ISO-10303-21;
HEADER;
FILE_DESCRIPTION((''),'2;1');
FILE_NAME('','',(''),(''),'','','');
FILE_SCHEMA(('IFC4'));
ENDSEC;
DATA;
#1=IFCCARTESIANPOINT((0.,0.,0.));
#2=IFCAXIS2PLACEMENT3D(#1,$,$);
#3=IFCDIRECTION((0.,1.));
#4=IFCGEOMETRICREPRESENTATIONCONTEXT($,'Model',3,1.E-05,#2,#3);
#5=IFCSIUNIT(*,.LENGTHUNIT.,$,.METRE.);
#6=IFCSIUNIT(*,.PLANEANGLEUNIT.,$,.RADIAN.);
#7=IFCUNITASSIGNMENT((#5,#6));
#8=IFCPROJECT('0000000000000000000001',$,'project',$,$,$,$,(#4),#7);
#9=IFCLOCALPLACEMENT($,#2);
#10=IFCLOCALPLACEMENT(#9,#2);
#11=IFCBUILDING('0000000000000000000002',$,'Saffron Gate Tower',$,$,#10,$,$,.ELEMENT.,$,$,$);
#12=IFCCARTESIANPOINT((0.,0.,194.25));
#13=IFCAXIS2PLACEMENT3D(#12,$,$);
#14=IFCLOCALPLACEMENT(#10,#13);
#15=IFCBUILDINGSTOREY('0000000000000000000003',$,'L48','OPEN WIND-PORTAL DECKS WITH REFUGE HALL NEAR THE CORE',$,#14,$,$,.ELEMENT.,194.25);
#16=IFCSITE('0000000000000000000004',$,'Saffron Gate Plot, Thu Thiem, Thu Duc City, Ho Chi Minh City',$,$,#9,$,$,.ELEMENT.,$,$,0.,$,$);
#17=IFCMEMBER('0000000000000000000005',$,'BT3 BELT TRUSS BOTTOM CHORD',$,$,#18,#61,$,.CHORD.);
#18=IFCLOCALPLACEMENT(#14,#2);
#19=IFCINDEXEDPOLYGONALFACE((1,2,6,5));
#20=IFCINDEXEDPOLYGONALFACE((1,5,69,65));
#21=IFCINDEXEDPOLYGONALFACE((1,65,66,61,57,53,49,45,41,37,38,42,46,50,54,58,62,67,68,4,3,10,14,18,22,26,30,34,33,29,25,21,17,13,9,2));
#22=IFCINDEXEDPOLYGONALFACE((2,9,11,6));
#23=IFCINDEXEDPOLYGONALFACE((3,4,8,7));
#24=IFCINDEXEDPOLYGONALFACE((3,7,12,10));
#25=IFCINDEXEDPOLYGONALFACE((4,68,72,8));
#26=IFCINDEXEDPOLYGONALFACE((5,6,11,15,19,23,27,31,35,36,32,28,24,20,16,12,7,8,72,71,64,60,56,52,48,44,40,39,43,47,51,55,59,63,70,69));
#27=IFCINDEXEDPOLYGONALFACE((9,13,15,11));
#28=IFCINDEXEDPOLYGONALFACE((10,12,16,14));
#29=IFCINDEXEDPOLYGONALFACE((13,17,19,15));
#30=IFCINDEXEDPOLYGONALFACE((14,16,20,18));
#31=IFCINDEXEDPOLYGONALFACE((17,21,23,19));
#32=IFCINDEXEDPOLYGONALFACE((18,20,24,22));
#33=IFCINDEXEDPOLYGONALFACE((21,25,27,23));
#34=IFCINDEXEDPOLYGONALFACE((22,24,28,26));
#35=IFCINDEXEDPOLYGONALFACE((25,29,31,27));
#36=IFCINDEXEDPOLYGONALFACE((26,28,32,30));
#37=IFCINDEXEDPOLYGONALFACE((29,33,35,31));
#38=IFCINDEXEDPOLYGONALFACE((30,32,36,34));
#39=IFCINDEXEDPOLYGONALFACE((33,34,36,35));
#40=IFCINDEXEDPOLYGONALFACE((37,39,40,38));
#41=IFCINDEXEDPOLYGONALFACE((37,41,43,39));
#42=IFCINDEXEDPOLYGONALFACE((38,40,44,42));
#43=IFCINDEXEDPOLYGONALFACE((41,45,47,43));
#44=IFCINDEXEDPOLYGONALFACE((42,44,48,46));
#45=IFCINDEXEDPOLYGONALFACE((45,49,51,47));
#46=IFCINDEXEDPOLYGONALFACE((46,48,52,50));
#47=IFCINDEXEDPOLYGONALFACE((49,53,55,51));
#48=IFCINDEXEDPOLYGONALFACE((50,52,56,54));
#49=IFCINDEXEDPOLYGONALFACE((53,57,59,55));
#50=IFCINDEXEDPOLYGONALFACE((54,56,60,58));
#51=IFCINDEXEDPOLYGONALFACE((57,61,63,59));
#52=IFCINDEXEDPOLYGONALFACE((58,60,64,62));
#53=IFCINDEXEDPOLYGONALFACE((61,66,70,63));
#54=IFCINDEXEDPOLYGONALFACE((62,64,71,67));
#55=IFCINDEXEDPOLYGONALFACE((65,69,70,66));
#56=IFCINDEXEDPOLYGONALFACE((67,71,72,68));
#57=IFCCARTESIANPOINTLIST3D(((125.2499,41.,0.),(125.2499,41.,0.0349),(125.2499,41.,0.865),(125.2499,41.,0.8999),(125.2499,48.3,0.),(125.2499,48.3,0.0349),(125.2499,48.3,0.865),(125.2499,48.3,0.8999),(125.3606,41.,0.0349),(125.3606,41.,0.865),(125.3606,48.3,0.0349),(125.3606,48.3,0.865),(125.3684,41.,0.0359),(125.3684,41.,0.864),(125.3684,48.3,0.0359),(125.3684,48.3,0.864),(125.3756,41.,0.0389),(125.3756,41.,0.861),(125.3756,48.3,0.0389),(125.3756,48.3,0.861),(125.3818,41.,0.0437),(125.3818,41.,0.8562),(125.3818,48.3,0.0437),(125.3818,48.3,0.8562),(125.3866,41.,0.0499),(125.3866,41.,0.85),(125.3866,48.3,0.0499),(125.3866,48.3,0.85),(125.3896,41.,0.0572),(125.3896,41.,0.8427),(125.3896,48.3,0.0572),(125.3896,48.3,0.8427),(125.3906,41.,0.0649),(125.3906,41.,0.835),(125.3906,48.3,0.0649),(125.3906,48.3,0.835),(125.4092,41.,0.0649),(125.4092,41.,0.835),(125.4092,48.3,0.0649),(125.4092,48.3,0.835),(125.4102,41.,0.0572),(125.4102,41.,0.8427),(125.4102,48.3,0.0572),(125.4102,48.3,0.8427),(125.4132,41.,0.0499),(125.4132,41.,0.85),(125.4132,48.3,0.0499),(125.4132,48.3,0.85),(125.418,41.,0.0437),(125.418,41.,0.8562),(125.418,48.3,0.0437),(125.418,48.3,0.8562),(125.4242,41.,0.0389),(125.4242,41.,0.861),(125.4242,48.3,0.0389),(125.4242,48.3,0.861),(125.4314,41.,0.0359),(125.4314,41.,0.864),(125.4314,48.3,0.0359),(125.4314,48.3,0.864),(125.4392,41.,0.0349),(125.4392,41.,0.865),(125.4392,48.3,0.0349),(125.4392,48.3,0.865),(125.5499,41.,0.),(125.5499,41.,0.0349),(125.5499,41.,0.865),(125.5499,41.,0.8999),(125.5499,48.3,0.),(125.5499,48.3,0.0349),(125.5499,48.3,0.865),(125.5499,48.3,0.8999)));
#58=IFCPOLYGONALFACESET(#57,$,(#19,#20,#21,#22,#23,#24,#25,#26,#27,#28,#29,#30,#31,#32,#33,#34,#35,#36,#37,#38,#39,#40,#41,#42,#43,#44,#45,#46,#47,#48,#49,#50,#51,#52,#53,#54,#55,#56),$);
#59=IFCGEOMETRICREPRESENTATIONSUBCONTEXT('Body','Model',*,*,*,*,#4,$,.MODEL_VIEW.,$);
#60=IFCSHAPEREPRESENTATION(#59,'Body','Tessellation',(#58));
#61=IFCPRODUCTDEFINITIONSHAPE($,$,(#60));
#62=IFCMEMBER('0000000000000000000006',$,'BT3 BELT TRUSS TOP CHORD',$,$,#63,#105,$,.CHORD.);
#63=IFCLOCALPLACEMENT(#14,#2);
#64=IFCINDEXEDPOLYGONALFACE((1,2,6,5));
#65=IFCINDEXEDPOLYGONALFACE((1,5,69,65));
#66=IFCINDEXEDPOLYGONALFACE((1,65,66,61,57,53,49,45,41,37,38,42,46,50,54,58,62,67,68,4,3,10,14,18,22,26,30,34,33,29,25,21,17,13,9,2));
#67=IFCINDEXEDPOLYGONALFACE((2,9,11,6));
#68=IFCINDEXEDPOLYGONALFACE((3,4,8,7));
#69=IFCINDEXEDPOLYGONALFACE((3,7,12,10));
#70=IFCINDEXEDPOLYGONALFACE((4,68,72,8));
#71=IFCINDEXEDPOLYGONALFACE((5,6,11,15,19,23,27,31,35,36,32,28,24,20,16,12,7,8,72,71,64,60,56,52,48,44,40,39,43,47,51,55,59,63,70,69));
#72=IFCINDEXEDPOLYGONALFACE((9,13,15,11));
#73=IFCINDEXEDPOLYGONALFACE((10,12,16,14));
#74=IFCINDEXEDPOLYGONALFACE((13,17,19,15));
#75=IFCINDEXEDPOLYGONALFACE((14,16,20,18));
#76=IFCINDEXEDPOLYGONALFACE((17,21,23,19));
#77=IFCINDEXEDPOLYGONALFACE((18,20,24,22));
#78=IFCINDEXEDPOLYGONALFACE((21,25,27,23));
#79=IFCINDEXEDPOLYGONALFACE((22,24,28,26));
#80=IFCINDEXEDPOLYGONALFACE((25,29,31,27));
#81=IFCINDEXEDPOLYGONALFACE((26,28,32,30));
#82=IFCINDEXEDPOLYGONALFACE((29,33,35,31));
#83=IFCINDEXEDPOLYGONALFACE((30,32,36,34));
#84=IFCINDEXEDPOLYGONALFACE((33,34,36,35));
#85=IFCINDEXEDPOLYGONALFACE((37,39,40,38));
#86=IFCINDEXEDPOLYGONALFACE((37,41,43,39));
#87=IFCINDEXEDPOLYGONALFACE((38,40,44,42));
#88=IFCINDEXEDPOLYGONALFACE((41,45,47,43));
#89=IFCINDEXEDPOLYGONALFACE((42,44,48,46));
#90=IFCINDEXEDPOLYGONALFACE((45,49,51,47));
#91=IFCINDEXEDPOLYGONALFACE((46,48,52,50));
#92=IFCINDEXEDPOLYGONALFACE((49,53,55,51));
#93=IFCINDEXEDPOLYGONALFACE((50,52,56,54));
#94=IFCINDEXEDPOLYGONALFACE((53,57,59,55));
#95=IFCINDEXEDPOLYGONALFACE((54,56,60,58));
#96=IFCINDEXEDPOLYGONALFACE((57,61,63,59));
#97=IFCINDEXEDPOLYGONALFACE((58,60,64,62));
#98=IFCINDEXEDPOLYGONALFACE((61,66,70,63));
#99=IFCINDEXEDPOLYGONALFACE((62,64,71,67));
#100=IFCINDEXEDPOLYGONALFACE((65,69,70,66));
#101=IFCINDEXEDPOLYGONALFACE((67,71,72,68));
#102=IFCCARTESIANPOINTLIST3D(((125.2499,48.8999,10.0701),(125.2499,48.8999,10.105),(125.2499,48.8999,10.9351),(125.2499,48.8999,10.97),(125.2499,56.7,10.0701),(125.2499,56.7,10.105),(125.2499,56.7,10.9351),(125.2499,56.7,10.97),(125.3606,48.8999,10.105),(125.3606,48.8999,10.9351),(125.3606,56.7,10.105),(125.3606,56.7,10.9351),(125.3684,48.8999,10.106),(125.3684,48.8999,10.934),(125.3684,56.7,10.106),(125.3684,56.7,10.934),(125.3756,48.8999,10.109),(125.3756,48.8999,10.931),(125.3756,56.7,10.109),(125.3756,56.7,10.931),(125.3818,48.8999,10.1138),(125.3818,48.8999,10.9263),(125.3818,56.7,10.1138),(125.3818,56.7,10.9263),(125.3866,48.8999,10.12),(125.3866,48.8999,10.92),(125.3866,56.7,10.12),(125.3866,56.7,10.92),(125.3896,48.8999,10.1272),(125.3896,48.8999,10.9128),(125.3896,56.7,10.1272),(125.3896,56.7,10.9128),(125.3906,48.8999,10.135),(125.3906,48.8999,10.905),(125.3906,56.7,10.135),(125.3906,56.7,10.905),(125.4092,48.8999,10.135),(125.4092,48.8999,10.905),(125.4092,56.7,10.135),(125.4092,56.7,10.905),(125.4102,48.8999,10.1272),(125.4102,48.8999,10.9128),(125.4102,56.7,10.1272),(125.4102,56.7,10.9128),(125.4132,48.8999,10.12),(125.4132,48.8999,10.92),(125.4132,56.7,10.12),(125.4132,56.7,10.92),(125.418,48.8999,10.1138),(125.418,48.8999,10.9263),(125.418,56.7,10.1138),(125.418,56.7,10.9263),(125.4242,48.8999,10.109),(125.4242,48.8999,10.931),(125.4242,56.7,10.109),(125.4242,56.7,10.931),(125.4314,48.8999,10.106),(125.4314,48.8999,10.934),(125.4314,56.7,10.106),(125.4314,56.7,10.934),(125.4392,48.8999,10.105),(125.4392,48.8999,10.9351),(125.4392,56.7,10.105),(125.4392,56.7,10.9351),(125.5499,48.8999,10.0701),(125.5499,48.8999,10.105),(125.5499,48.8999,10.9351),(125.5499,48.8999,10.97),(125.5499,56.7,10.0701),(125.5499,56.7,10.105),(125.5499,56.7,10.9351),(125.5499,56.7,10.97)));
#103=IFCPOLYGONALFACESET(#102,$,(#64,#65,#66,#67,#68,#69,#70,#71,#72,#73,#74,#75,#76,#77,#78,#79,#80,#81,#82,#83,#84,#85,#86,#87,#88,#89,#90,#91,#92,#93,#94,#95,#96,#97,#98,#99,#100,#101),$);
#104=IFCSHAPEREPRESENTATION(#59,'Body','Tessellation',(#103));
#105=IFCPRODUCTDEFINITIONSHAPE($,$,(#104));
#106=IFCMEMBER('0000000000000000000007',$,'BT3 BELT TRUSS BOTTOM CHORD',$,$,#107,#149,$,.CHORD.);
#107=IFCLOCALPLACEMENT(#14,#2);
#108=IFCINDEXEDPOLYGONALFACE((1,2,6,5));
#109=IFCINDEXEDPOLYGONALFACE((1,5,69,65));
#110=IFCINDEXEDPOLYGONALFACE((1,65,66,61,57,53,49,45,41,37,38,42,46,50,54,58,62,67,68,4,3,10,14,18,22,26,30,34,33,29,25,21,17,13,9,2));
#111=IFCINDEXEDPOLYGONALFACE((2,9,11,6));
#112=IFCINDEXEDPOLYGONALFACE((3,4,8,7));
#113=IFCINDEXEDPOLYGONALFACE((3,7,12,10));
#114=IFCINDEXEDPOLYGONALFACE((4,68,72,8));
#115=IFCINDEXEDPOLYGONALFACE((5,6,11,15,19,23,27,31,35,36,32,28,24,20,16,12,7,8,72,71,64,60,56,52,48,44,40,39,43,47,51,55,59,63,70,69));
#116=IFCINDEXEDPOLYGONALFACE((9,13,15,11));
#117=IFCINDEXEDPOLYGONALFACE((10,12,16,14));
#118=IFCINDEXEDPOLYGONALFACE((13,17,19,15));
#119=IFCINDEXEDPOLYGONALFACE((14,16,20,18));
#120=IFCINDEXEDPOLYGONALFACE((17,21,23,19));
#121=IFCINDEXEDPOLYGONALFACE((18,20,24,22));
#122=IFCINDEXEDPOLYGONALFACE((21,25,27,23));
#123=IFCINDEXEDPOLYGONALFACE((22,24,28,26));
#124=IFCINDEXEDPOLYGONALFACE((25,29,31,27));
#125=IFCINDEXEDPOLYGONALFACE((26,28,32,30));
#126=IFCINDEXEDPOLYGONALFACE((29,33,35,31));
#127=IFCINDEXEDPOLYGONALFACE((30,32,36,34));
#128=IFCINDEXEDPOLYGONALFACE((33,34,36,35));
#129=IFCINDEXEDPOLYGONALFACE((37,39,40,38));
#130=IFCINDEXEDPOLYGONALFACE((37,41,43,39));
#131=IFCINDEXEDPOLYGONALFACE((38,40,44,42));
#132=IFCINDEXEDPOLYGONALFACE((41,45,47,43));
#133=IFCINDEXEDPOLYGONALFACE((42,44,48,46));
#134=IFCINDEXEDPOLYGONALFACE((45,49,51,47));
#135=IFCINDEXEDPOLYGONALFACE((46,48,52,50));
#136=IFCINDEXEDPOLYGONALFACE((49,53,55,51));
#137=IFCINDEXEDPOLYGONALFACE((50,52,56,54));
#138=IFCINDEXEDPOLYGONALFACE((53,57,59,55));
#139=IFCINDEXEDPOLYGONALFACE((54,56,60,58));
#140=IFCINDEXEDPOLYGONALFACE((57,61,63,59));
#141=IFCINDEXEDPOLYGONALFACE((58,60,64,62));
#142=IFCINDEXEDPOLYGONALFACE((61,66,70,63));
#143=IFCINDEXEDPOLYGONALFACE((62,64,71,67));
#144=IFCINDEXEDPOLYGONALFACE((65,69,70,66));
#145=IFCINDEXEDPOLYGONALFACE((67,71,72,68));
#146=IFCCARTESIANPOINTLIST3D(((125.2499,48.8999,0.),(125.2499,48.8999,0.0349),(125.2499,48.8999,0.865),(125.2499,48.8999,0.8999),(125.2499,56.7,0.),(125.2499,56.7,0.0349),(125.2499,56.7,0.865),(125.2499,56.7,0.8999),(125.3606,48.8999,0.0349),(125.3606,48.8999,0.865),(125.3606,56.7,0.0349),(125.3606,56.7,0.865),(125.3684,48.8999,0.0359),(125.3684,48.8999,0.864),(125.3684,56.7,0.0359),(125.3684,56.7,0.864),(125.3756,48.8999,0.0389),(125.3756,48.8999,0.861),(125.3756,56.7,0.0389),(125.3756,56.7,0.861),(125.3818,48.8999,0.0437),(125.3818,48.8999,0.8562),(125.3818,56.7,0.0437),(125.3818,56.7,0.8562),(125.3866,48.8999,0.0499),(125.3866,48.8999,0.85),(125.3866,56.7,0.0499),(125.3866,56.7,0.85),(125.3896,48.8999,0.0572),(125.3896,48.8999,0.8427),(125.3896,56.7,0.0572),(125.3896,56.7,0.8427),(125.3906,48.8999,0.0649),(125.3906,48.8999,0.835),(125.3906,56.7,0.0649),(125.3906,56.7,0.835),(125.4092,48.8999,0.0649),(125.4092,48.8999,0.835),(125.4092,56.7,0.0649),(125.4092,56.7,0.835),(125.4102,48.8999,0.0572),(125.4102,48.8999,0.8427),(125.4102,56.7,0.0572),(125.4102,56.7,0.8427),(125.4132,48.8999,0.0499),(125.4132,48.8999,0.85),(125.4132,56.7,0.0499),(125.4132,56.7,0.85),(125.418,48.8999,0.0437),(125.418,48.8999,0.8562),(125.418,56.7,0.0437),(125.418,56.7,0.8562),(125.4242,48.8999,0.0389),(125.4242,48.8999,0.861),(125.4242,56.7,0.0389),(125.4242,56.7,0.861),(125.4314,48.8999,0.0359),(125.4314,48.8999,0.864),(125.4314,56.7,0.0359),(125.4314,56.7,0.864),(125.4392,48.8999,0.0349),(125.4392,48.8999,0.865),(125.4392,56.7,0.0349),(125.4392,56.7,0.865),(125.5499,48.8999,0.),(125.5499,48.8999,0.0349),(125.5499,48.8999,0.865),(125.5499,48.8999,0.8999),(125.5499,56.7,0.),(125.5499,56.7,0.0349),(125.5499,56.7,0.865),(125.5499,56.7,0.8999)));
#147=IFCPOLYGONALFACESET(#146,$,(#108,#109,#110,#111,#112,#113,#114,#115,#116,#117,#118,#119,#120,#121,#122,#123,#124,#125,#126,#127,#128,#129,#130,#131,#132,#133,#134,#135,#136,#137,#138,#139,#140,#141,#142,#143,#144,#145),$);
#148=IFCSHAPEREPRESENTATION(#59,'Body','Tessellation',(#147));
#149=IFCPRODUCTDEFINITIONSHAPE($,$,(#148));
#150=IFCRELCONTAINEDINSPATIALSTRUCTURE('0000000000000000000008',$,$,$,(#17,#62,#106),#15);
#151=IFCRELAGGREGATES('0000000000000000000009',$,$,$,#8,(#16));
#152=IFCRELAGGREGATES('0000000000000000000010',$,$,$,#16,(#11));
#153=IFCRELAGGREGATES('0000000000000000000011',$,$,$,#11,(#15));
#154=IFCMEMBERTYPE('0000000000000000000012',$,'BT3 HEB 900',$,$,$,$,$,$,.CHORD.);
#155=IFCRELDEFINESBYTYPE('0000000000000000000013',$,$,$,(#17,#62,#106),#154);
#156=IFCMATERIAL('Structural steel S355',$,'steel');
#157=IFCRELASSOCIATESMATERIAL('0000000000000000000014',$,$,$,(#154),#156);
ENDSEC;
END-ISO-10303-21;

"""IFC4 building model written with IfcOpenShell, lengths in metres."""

from ifc_helpers import new_model, si_unit, direction, frame, origin, origin_2d, place, context, subcontext, project, spatial, i_section, extrude, material, material_profile, profile_set, type_object, element, save


model = new_model("IFC4")

# Units and contexts
model_context = context("Model", 3, precision=1e-05, world=origin(), true_north=direction((0.0, 1.0)))
body_context = subcontext(model_context, "Body", "Model", "MODEL_VIEW")
ifc_project = project(units=[si_unit("LENGTHUNIT", "METRE"), si_unit("PLANEANGLEUNIT", "RADIAN")], contexts=[model_context])

# Site, building, storey
site_placement = place(None, origin())
site = spatial("IfcSite", under=ifc_project, at=site_placement, Name="Saffron Gate Plot, Thu Thiem, Thu Duc City, Ho Chi Minh City", CompositionType="ELEMENT", RefElevation=0.0)
building_placement = place(site_placement, origin())
building = spatial("IfcBuilding", under=site, at=building_placement, Name="Saffron Gate Tower", CompositionType="ELEMENT")
storey_placement = place(building_placement, frame((0.0, 0.0, 194.25)))
storey = spatial("IfcBuildingStorey", under=building, at=storey_placement, Name="L48", Description="OPEN WIND-PORTAL DECKS WITH REFUGE HALL NEAR THE CORE", CompositionType="ELEMENT", Elevation=194.25)

# Shared definitions
ifc_material_1 = material(Name="Structural steel S355", Category="steel")

# Members
ifc_material_profile_1 = material_profile(ifc_material_1, i_section(OverallWidth=0.3, OverallDepth=0.8999, WebThickness=0.0186, FlangeThickness=0.0349, FilletRadius=0.03, at=origin_2d()))
ifc_profile_set_1 = profile_set([ifc_material_profile_1], Name="Structural steel S355")
member_type_1 = type_object("IfcMemberType", Name="BT3 HEB 900", PredefinedType="CHORD", material=ifc_profile_set_1)
for number, where, z_axis, x_axis, name in (
    (1, (125.3999, 41.0, 0.45), (0.0, 1.0, 0.0), (-1.0, 0.0, 0.0), "BT3 BELT TRUSS BOTTOM CHORD"),
):
    element("IfcMember", number, at=place(storey_placement, frame(where, z_axis=z_axis, x_axis=x_axis)), inside=storey, type_object=member_type_1, Name=name, PredefinedType="CHORD", context=body_context, shape_type="SweptSolid", body=[
        extrude(i_section(OverallWidth=0.3, OverallDepth=0.8999, WebThickness=0.0186, FlangeThickness=0.0349, FilletRadius=0.03, at=origin_2d()), origin(), (0.0, 0.0, 1.0), 7.3),
    ])
for number, where, z_axis, x_axis, name in (
    (2, (125.3999, 48.8999, 10.52), (0.0, 1.0, 0.0), (-1.0, 0.0, 0.0), "BT3 BELT TRUSS TOP CHORD"),
    (3, (125.3999, 48.8999, 0.45), (0.0, 1.0, 0.0), (-1.0, 0.0, 0.0), "BT3 BELT TRUSS BOTTOM CHORD"),
):
    element("IfcMember", number, at=place(storey_placement, frame(where, z_axis=z_axis, x_axis=x_axis)), inside=storey, type_object=member_type_1, Name=name, PredefinedType="CHORD", context=body_context, shape_type="SweptSolid", body=[
        extrude(i_section(OverallWidth=0.3, OverallDepth=0.8999, WebThickness=0.0186, FlangeThickness=0.0349, FilletRadius=0.03, at=origin_2d()), origin(), (0.0, 0.0, 1.0), 7.8),
    ])

save(model, "model.ifc")
